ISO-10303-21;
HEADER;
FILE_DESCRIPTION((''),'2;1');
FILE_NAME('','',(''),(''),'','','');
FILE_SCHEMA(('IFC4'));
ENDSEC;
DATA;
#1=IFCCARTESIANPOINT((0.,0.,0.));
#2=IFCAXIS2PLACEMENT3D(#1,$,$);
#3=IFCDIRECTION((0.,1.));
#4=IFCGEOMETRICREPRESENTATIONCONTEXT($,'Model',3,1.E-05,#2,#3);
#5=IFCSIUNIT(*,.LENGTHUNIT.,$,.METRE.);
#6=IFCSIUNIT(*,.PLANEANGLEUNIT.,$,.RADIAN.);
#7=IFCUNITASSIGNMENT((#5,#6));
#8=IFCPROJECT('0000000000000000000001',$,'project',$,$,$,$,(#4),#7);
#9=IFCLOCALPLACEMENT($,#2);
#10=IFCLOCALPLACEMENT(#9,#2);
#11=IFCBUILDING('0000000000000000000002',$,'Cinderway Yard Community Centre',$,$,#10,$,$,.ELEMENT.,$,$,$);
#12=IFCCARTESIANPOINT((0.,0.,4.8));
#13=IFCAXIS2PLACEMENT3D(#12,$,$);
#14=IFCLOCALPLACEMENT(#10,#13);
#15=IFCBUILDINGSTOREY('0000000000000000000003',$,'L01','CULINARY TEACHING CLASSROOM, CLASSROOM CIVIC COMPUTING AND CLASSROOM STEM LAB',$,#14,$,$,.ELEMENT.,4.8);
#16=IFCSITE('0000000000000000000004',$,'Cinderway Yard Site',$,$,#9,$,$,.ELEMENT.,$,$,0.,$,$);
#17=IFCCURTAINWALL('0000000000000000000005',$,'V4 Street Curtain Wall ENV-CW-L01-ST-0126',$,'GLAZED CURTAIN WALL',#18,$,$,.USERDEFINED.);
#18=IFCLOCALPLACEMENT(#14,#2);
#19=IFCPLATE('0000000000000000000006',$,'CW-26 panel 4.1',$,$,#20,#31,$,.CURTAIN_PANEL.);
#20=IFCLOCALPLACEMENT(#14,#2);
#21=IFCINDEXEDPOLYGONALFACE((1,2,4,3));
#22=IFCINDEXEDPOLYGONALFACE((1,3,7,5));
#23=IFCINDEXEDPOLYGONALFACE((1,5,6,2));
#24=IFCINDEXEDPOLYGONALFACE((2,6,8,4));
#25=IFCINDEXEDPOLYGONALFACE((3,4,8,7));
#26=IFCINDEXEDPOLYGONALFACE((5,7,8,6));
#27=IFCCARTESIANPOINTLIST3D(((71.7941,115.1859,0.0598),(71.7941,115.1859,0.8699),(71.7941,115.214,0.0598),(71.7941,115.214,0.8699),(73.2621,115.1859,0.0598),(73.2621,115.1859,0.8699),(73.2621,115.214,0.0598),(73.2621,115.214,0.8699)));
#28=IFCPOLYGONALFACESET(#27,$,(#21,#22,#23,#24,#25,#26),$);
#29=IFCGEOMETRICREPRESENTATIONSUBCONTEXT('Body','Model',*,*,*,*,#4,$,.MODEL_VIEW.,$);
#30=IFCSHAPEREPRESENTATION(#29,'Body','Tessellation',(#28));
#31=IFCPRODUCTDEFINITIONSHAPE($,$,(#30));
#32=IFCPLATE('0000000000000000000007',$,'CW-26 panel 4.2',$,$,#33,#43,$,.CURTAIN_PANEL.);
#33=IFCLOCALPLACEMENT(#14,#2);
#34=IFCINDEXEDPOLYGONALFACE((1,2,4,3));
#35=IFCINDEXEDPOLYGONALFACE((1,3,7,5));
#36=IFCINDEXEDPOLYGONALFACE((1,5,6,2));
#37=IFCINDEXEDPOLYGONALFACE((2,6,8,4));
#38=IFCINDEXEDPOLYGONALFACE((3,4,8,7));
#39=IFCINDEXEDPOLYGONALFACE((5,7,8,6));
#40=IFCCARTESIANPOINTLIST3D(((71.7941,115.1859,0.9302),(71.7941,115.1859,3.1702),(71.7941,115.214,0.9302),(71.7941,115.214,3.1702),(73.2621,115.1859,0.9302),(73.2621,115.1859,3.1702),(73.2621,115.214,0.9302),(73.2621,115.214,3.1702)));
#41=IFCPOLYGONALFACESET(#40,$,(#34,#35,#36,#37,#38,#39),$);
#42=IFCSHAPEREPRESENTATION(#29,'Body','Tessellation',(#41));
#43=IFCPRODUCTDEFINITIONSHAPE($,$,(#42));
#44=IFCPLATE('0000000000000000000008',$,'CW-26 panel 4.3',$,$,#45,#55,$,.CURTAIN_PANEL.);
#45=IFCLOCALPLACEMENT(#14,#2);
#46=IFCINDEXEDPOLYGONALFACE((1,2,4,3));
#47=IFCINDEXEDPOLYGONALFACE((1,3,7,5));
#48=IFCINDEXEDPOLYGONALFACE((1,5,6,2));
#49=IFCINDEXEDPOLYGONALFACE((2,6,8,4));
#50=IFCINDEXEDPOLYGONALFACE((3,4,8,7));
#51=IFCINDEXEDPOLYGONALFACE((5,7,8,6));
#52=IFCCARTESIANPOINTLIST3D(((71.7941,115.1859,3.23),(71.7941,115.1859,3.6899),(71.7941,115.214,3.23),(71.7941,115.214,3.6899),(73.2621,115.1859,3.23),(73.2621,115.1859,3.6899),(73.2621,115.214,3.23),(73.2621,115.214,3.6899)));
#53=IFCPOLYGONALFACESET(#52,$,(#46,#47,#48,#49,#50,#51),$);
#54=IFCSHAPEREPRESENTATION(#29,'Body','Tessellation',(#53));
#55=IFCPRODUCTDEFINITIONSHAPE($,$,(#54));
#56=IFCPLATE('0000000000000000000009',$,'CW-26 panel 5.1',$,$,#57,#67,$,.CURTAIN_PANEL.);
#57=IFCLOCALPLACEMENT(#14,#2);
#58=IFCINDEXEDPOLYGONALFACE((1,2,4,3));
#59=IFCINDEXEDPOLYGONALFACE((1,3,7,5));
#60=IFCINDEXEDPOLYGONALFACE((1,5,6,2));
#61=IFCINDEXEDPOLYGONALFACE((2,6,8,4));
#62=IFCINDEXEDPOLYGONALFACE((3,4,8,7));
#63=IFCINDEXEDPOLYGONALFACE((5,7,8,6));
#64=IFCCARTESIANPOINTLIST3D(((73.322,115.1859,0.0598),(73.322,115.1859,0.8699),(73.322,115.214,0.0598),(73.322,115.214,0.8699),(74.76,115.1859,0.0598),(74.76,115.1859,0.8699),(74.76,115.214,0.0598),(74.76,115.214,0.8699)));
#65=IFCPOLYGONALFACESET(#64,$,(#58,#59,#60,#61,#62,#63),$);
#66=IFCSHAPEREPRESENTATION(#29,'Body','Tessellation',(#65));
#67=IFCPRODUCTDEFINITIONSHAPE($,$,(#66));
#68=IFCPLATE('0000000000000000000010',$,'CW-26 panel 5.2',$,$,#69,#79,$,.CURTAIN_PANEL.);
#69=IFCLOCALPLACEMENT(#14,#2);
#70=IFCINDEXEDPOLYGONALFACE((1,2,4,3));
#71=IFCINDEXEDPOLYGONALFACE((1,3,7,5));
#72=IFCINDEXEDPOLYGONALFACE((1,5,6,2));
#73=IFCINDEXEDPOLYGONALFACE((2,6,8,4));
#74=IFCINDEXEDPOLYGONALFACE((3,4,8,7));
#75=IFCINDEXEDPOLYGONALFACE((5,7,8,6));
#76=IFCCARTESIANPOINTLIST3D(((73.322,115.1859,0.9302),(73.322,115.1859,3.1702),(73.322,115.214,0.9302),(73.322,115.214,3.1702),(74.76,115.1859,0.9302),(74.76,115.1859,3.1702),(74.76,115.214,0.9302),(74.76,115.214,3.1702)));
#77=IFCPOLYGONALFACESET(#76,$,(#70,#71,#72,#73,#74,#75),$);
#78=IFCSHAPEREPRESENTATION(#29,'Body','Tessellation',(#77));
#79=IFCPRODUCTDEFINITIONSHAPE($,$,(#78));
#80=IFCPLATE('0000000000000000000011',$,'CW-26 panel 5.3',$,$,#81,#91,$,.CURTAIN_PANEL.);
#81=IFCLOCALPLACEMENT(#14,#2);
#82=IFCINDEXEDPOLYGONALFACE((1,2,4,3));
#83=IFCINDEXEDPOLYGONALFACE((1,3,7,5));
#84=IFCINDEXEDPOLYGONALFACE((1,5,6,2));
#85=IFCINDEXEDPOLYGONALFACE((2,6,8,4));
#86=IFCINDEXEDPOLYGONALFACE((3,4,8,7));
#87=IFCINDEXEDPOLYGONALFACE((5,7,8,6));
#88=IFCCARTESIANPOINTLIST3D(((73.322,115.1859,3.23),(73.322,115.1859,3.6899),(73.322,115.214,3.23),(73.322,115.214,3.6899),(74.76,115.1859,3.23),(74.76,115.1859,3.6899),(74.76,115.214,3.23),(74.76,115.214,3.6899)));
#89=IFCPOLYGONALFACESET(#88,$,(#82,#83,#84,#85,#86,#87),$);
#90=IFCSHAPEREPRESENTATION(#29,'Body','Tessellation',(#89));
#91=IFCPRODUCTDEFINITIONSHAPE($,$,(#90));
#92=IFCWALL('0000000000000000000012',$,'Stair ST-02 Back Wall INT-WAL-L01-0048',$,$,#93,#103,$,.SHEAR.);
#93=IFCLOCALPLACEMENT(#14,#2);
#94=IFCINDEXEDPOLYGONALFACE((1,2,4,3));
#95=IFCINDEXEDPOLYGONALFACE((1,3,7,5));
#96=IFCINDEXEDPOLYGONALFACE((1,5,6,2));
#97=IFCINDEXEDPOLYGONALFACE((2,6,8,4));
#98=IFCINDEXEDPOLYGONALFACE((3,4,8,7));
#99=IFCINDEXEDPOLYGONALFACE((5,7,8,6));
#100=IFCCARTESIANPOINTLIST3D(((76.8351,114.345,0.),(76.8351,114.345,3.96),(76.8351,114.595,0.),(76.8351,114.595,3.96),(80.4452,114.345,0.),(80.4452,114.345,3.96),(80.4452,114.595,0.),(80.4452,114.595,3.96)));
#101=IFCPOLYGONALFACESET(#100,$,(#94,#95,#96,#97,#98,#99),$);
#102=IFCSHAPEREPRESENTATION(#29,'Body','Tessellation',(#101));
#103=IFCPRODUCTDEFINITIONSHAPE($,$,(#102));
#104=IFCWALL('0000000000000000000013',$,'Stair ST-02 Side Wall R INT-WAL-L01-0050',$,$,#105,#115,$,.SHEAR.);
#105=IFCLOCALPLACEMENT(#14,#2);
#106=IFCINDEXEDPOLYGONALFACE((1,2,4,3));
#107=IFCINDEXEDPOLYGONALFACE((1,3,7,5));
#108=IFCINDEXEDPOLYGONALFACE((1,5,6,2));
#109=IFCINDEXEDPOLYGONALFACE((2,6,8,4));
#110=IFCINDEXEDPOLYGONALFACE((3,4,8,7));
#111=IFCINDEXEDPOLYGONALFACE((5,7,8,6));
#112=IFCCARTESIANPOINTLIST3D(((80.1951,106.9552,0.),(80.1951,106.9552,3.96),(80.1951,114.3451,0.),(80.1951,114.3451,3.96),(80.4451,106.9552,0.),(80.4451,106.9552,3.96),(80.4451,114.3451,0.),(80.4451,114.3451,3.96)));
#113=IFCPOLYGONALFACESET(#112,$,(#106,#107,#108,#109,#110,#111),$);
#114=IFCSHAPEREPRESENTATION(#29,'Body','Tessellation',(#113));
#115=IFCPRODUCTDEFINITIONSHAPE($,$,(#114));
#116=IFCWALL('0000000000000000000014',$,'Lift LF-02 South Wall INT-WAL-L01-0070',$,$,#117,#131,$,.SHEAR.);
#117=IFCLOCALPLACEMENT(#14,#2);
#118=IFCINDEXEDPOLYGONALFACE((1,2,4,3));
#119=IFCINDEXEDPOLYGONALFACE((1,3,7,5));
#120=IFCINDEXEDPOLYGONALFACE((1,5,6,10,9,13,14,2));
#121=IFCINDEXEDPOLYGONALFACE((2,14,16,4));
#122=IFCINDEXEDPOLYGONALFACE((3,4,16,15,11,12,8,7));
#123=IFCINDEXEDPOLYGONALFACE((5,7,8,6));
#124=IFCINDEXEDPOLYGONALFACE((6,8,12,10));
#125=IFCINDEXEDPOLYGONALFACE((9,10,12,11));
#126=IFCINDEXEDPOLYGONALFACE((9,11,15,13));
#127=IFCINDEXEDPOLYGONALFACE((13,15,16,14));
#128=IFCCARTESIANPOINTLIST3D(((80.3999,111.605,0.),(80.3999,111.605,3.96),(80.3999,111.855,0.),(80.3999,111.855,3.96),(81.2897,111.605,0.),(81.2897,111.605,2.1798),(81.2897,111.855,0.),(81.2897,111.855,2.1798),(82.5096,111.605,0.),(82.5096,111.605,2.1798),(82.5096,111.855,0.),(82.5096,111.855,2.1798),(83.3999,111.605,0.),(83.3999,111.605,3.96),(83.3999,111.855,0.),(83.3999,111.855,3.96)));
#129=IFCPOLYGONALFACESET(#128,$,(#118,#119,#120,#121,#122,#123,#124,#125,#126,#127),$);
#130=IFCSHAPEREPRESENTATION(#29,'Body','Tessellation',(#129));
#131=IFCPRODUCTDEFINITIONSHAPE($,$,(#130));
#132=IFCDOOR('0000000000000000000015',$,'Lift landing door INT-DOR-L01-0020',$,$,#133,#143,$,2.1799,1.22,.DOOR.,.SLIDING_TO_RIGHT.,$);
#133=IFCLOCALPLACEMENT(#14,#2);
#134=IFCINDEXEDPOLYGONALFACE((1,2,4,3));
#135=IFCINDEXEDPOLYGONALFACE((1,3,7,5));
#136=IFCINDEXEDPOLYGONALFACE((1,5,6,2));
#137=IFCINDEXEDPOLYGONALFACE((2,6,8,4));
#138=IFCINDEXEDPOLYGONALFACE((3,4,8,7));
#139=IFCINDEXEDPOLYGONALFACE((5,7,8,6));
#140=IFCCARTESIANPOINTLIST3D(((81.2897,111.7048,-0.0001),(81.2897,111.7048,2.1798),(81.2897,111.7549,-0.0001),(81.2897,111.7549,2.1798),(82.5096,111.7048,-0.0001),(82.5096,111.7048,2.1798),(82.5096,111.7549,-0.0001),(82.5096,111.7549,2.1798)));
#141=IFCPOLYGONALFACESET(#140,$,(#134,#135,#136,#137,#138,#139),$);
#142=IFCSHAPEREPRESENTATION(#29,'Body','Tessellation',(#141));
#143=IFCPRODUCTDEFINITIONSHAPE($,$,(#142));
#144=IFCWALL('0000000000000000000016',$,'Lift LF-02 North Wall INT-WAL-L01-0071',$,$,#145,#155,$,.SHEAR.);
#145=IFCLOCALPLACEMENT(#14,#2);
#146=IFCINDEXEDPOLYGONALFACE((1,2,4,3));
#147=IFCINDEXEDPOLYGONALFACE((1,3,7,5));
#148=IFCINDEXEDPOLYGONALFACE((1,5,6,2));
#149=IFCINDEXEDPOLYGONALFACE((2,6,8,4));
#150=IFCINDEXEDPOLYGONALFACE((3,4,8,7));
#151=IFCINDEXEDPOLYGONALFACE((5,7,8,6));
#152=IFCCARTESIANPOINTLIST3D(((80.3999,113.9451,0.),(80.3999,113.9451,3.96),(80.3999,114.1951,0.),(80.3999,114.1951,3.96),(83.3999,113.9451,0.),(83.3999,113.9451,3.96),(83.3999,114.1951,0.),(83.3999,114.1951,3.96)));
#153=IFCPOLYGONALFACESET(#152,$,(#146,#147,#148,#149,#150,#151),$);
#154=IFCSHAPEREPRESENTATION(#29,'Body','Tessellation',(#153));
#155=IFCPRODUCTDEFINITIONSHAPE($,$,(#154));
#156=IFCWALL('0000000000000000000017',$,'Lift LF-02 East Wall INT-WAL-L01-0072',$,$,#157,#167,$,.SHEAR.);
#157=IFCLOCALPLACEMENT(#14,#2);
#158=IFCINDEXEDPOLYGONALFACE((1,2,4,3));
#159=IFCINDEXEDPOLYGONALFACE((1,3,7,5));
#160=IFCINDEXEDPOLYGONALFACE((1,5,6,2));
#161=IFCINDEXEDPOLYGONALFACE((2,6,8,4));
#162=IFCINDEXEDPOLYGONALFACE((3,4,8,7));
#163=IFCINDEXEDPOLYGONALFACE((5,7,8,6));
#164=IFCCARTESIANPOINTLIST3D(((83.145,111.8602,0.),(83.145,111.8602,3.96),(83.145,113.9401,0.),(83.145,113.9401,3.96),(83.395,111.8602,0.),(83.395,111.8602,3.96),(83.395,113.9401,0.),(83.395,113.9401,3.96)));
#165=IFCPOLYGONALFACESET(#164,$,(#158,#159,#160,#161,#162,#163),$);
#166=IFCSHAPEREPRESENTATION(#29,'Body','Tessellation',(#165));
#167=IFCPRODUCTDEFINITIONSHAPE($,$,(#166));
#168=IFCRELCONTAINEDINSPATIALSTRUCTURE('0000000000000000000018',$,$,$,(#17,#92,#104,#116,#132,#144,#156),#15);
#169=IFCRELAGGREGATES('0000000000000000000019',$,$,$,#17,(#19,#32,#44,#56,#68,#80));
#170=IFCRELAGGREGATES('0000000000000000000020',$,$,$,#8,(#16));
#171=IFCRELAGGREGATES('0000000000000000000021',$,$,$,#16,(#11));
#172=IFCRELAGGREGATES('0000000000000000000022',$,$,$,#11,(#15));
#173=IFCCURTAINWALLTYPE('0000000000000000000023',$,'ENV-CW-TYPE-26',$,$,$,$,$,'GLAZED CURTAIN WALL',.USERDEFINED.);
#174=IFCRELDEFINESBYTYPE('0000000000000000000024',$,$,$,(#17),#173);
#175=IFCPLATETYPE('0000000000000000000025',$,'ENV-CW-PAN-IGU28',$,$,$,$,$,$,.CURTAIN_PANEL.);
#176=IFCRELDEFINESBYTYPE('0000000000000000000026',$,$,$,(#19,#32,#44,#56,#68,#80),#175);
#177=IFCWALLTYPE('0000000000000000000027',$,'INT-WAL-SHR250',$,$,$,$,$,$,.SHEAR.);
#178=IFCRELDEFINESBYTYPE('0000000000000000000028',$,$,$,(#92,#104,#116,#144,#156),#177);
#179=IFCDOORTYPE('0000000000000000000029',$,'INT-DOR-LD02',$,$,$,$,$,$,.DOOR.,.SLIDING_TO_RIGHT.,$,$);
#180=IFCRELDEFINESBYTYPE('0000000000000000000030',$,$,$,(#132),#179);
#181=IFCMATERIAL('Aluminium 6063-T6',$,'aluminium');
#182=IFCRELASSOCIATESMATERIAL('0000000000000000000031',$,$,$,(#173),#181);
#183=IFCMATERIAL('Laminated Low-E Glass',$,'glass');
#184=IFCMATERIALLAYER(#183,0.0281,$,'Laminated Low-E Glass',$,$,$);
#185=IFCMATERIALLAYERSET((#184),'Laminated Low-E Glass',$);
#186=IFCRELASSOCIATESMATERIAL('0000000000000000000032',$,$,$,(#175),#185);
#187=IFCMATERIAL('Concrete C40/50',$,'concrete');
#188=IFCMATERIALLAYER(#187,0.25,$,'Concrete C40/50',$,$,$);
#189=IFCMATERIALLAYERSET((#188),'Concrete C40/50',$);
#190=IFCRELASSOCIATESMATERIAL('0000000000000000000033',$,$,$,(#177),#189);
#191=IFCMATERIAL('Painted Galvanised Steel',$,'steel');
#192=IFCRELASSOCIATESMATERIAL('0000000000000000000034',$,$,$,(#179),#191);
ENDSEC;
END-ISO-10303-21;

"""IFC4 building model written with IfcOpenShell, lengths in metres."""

from ifc_helpers import new_model, si_unit, direction, frame, frame_2d, origin, origin_2d, place, context, subcontext, project, spatial, rectangle, extrude, material, layer, layer_set, type_object, element, fill, aggregate, save


model = new_model("IFC4")

# Units and contexts
model_context = context("Model", 3, precision=1e-05, world=origin(), true_north=direction((0.0, 1.0)))
body_context = subcontext(model_context, "Body", "Model", "MODEL_VIEW")
ifc_project = project(units=[si_unit("LENGTHUNIT", "METRE"), si_unit("PLANEANGLEUNIT", "RADIAN")], contexts=[model_context])

# Site, building, storey
site_placement = place(None, origin())
site = spatial("IfcSite", under=ifc_project, at=site_placement, Name="Cinderway Yard Site", CompositionType="ELEMENT", RefElevation=0.0)
building_placement = place(site_placement, origin())
building = spatial("IfcBuilding", under=site, at=building_placement, Name="Cinderway Yard Community Centre", CompositionType="ELEMENT")
storey_placement = place(building_placement, frame((0.0, 0.0, 4.8)))
storey = spatial("IfcBuildingStorey", under=building, at=storey_placement, Name="L01", Description="CULINARY TEACHING CLASSROOM, CLASSROOM CIVIC COMPUTING AND CLASSROOM STEM LAB", CompositionType="ELEMENT", Elevation=4.8)

# Curtain wall, plates
ifc_material_1 = material(Name="Aluminium 6063-T6", Category="aluminium")
curtain_wall_type = type_object("IfcCurtainWallType", Name="ENV-CW-TYPE-26", ElementType="GLAZED CURTAIN WALL", PredefinedType="USERDEFINED", material=ifc_material_1)
curtain_wall_placement = place(storey_placement, origin())
curtain_wall = element("IfcCurtainWall", 1, at=curtain_wall_placement, inside=storey, type_object=curtain_wall_type, Name="V4 Street Curtain Wall ENV-CW-L01-ST-0126", ObjectType="GLAZED CURTAIN WALL", PredefinedType="USERDEFINED")
ifc_material_2 = material(Name="Laminated Low-E Glass", Category="glass")
ifc_layer_1 = layer(ifc_material_2, 0.0281, Name="Laminated Low-E Glass")
ifc_layer_set_1 = layer_set([ifc_layer_1], Name="Laminated Low-E Glass")
plate_type = type_object("IfcPlateType", Name="ENV-CW-PAN-IGU28", PredefinedType="CURTAIN_PANEL", material=ifc_layer_set_1)
plate_1_placement = place(storey_placement, frame((72.5281, 115.2, 0.0598), z_axis=(0.0, 0.0, 1.0), x_axis=(1.0, 0.0, 0.0)))
plate_1 = element("IfcPlate", 2, at=plate_1_placement, type_object=plate_type, Name="CW-26 panel 4.1", PredefinedType="CURTAIN_PANEL", context=body_context, shape_type="SweptSolid", body=[
    extrude(rectangle(XDim=1.468, YDim=0.0281, at=origin_2d()), origin(), (0.0, 0.0, 1.0), 0.8101),
])
plate_2_placement = place(storey_placement, frame((72.5281, 115.2, 0.9302), z_axis=(0.0, 0.0, 1.0), x_axis=(1.0, 0.0, 0.0)))
plate_2 = element("IfcPlate", 3, at=plate_2_placement, type_object=plate_type, Name="CW-26 panel 4.2", PredefinedType="CURTAIN_PANEL", context=body_context, shape_type="SweptSolid", body=[
    extrude(rectangle(XDim=1.468, YDim=0.0281, at=origin_2d()), origin(), (0.0, 0.0, 1.0), 2.24),
])
plate_3_placement = place(storey_placement, frame((72.5281, 115.2, 3.23), z_axis=(0.0, 0.0, 1.0), x_axis=(1.0, 0.0, 0.0)))
plate_3 = element("IfcPlate", 4, at=plate_3_placement, type_object=plate_type, Name="CW-26 panel 4.3", PredefinedType="CURTAIN_PANEL", context=body_context, shape_type="SweptSolid", body=[
    extrude(rectangle(XDim=1.468, YDim=0.0281, at=origin_2d()), origin(), (0.0, 0.0, 1.0), 0.46),
])
plate_4_placement = place(storey_placement, frame((74.041, 115.2, 0.0598), z_axis=(0.0, 0.0, 1.0), x_axis=(1.0, 0.0, 0.0)))
plate_4 = element("IfcPlate", 5, at=plate_4_placement, type_object=plate_type, Name="CW-26 panel 5.1", PredefinedType="CURTAIN_PANEL", context=body_context, shape_type="SweptSolid", body=[
    extrude(rectangle(XDim=1.438, YDim=0.0281, at=origin_2d()), origin(), (0.0, 0.0, 1.0), 0.8101),
])
plate_5_placement = place(storey_placement, frame((74.041, 115.2, 0.9302), z_axis=(0.0, 0.0, 1.0), x_axis=(1.0, 0.0, 0.0)))
plate_5 = element("IfcPlate", 6, at=plate_5_placement, type_object=plate_type, Name="CW-26 panel 5.2", PredefinedType="CURTAIN_PANEL", context=body_context, shape_type="SweptSolid", body=[
    extrude(rectangle(XDim=1.438, YDim=0.0281, at=origin_2d()), origin(), (0.0, 0.0, 1.0), 2.24),
])
plate_6_placement = place(storey_placement, frame((74.041, 115.2, 3.23), z_axis=(0.0, 0.0, 1.0), x_axis=(1.0, 0.0, 0.0)))
plate_6 = element("IfcPlate", 7, at=plate_6_placement, type_object=plate_type, Name="CW-26 panel 5.3", PredefinedType="CURTAIN_PANEL", context=body_context, shape_type="SweptSolid", body=[
    extrude(rectangle(XDim=1.438, YDim=0.0281, at=origin_2d()), origin(), (0.0, 0.0, 1.0), 0.46),
])
aggregate(curtain_wall, [plate_1, plate_2, plate_3, plate_4, plate_5, plate_6])

# Walls
ifc_material_3 = material(Name="Concrete C40/50", Category="concrete")
ifc_layer_2 = layer(ifc_material_3, 0.25, Name="Concrete C40/50")
ifc_layer_set_2 = layer_set([ifc_layer_2], Name="Concrete C40/50")
wall_type = type_object("IfcWallType", Name="INT-WAL-SHR250", PredefinedType="SHEAR", material=ifc_layer_set_2)
wall_1_placement = place(storey_placement, frame((76.835, 114.47, 0.0), z_axis=(0.0, 0.0, 1.0), x_axis=(1.0, 0.0, 0.0)))
element("IfcWall", 8, at=wall_1_placement, inside=storey, type_object=wall_type, Name="Stair ST-02 Back Wall INT-WAL-L01-0048", PredefinedType="SHEAR", context=body_context, shape_type="SweptSolid", body=[
    extrude(rectangle(XDim=3.6101, YDim=0.25, at=frame_2d((1.8052, 0.0))), origin(), (0.0, 0.0, 1.0), 3.96),
])
wall_2_placement = place(storey_placement, frame((80.3201, 114.345, 0.0), z_axis=(0.0, 0.0, 1.0), x_axis=(0.0, -1.0, 0.0)))
element("IfcWall", 9, at=wall_2_placement, inside=storey, type_object=wall_type, Name="Stair ST-02 Side Wall R INT-WAL-L01-0050", PredefinedType="SHEAR", context=body_context, shape_type="SweptSolid", body=[
    extrude(rectangle(XDim=7.3899, YDim=0.25, at=frame_2d((3.6948, 0.0))), origin(), (0.0, 0.0, 1.0), 3.96),
])

# Wall, opening, door
wall_3_placement = place(storey_placement, frame((80.3999, 111.73, 0.0), z_axis=(0.0, 0.0, 1.0), x_axis=(1.0, 0.0, 0.0)))
wall_3 = element("IfcWall", 10, at=wall_3_placement, inside=storey, type_object=wall_type, Name="Lift LF-02 South Wall INT-WAL-L01-0070", PredefinedType="SHEAR", context=body_context, shape_type="SweptSolid", body=[
    extrude(rectangle(XDim=3.0, YDim=0.25, at=frame_2d((1.5, 0.0))), origin(), (0.0, 0.0, 1.0), 3.96),
])
opening_placement = place(wall_3_placement, frame((0.8899, 0.0, 0.0)))
opening = element("IfcOpeningElement", 11, at=opening_placement, cuts=wall_3, PredefinedType="OPENING", context=body_context, shape_type="SweptSolid", body=[
    extrude(rectangle(XDim=1.22, YDim=2.1799, at=frame_2d((0.6099, 1.0898))), frame((0.0, 0.135, 0.0), z_axis=(0.0, -1.0, 0.0), x_axis=(1.0, 0.0, 0.0)), (0.0, 0.0, 1.0), 0.27),
])
ifc_material_4 = material(Name="Painted Galvanised Steel", Category="steel")
door_type = type_object("IfcDoorType", Name="INT-DOR-LD02", OperationType="SLIDING_TO_RIGHT", PredefinedType="DOOR", material=ifc_material_4)
door_placement = place(opening_placement, origin())
door = element("IfcDoor", 12, at=door_placement, inside=storey, type_object=door_type, Name="Lift landing door INT-DOR-L01-0020", OperationType="SLIDING_TO_RIGHT", OverallHeight=2.1799, OverallWidth=1.22, PredefinedType="DOOR", context=body_context, shape_type="SweptSolid", body=[
    extrude(rectangle(XDim=1.22, YDim=2.1799, at=frame_2d((0.6099, 1.0898))), frame((0.0, 0.0249, 0.0), z_axis=(0.0, -1.0, 0.0), x_axis=(1.0, 0.0, 0.0)), (0.0, 0.0, 1.0), 0.05),
])
fill(opening, door)

# Walls
wall_4_placement = place(storey_placement, frame((83.3999, 114.0701, 0.0), z_axis=(0.0, 0.0, 1.0), x_axis=(-1.0, 0.0, 0.0)))
element("IfcWall", 13, at=wall_4_placement, inside=storey, type_object=wall_type, Name="Lift LF-02 North Wall INT-WAL-L01-0071", PredefinedType="SHEAR", context=body_context, shape_type="SweptSolid", body=[
    extrude(rectangle(XDim=3.0, YDim=0.25, at=frame_2d((1.5, 0.0))), origin(), (0.0, 0.0, 1.0), 3.96),
])
wall_5_placement = place(storey_placement, frame((83.27, 111.8601, 0.0), z_axis=(0.0, 0.0, 1.0), x_axis=(0.0, 1.0, 0.0)))
element("IfcWall", 14, at=wall_5_placement, inside=storey, type_object=wall_type, Name="Lift LF-02 East Wall INT-WAL-L01-0072", PredefinedType="SHEAR", context=body_context, shape_type="SweptSolid", body=[
    extrude(rectangle(XDim=2.0798, YDim=0.25, at=frame_2d((1.04, 0.0))), origin(), (0.0, 0.0, 1.0), 3.96),
])

save(model, "model.ifc")
